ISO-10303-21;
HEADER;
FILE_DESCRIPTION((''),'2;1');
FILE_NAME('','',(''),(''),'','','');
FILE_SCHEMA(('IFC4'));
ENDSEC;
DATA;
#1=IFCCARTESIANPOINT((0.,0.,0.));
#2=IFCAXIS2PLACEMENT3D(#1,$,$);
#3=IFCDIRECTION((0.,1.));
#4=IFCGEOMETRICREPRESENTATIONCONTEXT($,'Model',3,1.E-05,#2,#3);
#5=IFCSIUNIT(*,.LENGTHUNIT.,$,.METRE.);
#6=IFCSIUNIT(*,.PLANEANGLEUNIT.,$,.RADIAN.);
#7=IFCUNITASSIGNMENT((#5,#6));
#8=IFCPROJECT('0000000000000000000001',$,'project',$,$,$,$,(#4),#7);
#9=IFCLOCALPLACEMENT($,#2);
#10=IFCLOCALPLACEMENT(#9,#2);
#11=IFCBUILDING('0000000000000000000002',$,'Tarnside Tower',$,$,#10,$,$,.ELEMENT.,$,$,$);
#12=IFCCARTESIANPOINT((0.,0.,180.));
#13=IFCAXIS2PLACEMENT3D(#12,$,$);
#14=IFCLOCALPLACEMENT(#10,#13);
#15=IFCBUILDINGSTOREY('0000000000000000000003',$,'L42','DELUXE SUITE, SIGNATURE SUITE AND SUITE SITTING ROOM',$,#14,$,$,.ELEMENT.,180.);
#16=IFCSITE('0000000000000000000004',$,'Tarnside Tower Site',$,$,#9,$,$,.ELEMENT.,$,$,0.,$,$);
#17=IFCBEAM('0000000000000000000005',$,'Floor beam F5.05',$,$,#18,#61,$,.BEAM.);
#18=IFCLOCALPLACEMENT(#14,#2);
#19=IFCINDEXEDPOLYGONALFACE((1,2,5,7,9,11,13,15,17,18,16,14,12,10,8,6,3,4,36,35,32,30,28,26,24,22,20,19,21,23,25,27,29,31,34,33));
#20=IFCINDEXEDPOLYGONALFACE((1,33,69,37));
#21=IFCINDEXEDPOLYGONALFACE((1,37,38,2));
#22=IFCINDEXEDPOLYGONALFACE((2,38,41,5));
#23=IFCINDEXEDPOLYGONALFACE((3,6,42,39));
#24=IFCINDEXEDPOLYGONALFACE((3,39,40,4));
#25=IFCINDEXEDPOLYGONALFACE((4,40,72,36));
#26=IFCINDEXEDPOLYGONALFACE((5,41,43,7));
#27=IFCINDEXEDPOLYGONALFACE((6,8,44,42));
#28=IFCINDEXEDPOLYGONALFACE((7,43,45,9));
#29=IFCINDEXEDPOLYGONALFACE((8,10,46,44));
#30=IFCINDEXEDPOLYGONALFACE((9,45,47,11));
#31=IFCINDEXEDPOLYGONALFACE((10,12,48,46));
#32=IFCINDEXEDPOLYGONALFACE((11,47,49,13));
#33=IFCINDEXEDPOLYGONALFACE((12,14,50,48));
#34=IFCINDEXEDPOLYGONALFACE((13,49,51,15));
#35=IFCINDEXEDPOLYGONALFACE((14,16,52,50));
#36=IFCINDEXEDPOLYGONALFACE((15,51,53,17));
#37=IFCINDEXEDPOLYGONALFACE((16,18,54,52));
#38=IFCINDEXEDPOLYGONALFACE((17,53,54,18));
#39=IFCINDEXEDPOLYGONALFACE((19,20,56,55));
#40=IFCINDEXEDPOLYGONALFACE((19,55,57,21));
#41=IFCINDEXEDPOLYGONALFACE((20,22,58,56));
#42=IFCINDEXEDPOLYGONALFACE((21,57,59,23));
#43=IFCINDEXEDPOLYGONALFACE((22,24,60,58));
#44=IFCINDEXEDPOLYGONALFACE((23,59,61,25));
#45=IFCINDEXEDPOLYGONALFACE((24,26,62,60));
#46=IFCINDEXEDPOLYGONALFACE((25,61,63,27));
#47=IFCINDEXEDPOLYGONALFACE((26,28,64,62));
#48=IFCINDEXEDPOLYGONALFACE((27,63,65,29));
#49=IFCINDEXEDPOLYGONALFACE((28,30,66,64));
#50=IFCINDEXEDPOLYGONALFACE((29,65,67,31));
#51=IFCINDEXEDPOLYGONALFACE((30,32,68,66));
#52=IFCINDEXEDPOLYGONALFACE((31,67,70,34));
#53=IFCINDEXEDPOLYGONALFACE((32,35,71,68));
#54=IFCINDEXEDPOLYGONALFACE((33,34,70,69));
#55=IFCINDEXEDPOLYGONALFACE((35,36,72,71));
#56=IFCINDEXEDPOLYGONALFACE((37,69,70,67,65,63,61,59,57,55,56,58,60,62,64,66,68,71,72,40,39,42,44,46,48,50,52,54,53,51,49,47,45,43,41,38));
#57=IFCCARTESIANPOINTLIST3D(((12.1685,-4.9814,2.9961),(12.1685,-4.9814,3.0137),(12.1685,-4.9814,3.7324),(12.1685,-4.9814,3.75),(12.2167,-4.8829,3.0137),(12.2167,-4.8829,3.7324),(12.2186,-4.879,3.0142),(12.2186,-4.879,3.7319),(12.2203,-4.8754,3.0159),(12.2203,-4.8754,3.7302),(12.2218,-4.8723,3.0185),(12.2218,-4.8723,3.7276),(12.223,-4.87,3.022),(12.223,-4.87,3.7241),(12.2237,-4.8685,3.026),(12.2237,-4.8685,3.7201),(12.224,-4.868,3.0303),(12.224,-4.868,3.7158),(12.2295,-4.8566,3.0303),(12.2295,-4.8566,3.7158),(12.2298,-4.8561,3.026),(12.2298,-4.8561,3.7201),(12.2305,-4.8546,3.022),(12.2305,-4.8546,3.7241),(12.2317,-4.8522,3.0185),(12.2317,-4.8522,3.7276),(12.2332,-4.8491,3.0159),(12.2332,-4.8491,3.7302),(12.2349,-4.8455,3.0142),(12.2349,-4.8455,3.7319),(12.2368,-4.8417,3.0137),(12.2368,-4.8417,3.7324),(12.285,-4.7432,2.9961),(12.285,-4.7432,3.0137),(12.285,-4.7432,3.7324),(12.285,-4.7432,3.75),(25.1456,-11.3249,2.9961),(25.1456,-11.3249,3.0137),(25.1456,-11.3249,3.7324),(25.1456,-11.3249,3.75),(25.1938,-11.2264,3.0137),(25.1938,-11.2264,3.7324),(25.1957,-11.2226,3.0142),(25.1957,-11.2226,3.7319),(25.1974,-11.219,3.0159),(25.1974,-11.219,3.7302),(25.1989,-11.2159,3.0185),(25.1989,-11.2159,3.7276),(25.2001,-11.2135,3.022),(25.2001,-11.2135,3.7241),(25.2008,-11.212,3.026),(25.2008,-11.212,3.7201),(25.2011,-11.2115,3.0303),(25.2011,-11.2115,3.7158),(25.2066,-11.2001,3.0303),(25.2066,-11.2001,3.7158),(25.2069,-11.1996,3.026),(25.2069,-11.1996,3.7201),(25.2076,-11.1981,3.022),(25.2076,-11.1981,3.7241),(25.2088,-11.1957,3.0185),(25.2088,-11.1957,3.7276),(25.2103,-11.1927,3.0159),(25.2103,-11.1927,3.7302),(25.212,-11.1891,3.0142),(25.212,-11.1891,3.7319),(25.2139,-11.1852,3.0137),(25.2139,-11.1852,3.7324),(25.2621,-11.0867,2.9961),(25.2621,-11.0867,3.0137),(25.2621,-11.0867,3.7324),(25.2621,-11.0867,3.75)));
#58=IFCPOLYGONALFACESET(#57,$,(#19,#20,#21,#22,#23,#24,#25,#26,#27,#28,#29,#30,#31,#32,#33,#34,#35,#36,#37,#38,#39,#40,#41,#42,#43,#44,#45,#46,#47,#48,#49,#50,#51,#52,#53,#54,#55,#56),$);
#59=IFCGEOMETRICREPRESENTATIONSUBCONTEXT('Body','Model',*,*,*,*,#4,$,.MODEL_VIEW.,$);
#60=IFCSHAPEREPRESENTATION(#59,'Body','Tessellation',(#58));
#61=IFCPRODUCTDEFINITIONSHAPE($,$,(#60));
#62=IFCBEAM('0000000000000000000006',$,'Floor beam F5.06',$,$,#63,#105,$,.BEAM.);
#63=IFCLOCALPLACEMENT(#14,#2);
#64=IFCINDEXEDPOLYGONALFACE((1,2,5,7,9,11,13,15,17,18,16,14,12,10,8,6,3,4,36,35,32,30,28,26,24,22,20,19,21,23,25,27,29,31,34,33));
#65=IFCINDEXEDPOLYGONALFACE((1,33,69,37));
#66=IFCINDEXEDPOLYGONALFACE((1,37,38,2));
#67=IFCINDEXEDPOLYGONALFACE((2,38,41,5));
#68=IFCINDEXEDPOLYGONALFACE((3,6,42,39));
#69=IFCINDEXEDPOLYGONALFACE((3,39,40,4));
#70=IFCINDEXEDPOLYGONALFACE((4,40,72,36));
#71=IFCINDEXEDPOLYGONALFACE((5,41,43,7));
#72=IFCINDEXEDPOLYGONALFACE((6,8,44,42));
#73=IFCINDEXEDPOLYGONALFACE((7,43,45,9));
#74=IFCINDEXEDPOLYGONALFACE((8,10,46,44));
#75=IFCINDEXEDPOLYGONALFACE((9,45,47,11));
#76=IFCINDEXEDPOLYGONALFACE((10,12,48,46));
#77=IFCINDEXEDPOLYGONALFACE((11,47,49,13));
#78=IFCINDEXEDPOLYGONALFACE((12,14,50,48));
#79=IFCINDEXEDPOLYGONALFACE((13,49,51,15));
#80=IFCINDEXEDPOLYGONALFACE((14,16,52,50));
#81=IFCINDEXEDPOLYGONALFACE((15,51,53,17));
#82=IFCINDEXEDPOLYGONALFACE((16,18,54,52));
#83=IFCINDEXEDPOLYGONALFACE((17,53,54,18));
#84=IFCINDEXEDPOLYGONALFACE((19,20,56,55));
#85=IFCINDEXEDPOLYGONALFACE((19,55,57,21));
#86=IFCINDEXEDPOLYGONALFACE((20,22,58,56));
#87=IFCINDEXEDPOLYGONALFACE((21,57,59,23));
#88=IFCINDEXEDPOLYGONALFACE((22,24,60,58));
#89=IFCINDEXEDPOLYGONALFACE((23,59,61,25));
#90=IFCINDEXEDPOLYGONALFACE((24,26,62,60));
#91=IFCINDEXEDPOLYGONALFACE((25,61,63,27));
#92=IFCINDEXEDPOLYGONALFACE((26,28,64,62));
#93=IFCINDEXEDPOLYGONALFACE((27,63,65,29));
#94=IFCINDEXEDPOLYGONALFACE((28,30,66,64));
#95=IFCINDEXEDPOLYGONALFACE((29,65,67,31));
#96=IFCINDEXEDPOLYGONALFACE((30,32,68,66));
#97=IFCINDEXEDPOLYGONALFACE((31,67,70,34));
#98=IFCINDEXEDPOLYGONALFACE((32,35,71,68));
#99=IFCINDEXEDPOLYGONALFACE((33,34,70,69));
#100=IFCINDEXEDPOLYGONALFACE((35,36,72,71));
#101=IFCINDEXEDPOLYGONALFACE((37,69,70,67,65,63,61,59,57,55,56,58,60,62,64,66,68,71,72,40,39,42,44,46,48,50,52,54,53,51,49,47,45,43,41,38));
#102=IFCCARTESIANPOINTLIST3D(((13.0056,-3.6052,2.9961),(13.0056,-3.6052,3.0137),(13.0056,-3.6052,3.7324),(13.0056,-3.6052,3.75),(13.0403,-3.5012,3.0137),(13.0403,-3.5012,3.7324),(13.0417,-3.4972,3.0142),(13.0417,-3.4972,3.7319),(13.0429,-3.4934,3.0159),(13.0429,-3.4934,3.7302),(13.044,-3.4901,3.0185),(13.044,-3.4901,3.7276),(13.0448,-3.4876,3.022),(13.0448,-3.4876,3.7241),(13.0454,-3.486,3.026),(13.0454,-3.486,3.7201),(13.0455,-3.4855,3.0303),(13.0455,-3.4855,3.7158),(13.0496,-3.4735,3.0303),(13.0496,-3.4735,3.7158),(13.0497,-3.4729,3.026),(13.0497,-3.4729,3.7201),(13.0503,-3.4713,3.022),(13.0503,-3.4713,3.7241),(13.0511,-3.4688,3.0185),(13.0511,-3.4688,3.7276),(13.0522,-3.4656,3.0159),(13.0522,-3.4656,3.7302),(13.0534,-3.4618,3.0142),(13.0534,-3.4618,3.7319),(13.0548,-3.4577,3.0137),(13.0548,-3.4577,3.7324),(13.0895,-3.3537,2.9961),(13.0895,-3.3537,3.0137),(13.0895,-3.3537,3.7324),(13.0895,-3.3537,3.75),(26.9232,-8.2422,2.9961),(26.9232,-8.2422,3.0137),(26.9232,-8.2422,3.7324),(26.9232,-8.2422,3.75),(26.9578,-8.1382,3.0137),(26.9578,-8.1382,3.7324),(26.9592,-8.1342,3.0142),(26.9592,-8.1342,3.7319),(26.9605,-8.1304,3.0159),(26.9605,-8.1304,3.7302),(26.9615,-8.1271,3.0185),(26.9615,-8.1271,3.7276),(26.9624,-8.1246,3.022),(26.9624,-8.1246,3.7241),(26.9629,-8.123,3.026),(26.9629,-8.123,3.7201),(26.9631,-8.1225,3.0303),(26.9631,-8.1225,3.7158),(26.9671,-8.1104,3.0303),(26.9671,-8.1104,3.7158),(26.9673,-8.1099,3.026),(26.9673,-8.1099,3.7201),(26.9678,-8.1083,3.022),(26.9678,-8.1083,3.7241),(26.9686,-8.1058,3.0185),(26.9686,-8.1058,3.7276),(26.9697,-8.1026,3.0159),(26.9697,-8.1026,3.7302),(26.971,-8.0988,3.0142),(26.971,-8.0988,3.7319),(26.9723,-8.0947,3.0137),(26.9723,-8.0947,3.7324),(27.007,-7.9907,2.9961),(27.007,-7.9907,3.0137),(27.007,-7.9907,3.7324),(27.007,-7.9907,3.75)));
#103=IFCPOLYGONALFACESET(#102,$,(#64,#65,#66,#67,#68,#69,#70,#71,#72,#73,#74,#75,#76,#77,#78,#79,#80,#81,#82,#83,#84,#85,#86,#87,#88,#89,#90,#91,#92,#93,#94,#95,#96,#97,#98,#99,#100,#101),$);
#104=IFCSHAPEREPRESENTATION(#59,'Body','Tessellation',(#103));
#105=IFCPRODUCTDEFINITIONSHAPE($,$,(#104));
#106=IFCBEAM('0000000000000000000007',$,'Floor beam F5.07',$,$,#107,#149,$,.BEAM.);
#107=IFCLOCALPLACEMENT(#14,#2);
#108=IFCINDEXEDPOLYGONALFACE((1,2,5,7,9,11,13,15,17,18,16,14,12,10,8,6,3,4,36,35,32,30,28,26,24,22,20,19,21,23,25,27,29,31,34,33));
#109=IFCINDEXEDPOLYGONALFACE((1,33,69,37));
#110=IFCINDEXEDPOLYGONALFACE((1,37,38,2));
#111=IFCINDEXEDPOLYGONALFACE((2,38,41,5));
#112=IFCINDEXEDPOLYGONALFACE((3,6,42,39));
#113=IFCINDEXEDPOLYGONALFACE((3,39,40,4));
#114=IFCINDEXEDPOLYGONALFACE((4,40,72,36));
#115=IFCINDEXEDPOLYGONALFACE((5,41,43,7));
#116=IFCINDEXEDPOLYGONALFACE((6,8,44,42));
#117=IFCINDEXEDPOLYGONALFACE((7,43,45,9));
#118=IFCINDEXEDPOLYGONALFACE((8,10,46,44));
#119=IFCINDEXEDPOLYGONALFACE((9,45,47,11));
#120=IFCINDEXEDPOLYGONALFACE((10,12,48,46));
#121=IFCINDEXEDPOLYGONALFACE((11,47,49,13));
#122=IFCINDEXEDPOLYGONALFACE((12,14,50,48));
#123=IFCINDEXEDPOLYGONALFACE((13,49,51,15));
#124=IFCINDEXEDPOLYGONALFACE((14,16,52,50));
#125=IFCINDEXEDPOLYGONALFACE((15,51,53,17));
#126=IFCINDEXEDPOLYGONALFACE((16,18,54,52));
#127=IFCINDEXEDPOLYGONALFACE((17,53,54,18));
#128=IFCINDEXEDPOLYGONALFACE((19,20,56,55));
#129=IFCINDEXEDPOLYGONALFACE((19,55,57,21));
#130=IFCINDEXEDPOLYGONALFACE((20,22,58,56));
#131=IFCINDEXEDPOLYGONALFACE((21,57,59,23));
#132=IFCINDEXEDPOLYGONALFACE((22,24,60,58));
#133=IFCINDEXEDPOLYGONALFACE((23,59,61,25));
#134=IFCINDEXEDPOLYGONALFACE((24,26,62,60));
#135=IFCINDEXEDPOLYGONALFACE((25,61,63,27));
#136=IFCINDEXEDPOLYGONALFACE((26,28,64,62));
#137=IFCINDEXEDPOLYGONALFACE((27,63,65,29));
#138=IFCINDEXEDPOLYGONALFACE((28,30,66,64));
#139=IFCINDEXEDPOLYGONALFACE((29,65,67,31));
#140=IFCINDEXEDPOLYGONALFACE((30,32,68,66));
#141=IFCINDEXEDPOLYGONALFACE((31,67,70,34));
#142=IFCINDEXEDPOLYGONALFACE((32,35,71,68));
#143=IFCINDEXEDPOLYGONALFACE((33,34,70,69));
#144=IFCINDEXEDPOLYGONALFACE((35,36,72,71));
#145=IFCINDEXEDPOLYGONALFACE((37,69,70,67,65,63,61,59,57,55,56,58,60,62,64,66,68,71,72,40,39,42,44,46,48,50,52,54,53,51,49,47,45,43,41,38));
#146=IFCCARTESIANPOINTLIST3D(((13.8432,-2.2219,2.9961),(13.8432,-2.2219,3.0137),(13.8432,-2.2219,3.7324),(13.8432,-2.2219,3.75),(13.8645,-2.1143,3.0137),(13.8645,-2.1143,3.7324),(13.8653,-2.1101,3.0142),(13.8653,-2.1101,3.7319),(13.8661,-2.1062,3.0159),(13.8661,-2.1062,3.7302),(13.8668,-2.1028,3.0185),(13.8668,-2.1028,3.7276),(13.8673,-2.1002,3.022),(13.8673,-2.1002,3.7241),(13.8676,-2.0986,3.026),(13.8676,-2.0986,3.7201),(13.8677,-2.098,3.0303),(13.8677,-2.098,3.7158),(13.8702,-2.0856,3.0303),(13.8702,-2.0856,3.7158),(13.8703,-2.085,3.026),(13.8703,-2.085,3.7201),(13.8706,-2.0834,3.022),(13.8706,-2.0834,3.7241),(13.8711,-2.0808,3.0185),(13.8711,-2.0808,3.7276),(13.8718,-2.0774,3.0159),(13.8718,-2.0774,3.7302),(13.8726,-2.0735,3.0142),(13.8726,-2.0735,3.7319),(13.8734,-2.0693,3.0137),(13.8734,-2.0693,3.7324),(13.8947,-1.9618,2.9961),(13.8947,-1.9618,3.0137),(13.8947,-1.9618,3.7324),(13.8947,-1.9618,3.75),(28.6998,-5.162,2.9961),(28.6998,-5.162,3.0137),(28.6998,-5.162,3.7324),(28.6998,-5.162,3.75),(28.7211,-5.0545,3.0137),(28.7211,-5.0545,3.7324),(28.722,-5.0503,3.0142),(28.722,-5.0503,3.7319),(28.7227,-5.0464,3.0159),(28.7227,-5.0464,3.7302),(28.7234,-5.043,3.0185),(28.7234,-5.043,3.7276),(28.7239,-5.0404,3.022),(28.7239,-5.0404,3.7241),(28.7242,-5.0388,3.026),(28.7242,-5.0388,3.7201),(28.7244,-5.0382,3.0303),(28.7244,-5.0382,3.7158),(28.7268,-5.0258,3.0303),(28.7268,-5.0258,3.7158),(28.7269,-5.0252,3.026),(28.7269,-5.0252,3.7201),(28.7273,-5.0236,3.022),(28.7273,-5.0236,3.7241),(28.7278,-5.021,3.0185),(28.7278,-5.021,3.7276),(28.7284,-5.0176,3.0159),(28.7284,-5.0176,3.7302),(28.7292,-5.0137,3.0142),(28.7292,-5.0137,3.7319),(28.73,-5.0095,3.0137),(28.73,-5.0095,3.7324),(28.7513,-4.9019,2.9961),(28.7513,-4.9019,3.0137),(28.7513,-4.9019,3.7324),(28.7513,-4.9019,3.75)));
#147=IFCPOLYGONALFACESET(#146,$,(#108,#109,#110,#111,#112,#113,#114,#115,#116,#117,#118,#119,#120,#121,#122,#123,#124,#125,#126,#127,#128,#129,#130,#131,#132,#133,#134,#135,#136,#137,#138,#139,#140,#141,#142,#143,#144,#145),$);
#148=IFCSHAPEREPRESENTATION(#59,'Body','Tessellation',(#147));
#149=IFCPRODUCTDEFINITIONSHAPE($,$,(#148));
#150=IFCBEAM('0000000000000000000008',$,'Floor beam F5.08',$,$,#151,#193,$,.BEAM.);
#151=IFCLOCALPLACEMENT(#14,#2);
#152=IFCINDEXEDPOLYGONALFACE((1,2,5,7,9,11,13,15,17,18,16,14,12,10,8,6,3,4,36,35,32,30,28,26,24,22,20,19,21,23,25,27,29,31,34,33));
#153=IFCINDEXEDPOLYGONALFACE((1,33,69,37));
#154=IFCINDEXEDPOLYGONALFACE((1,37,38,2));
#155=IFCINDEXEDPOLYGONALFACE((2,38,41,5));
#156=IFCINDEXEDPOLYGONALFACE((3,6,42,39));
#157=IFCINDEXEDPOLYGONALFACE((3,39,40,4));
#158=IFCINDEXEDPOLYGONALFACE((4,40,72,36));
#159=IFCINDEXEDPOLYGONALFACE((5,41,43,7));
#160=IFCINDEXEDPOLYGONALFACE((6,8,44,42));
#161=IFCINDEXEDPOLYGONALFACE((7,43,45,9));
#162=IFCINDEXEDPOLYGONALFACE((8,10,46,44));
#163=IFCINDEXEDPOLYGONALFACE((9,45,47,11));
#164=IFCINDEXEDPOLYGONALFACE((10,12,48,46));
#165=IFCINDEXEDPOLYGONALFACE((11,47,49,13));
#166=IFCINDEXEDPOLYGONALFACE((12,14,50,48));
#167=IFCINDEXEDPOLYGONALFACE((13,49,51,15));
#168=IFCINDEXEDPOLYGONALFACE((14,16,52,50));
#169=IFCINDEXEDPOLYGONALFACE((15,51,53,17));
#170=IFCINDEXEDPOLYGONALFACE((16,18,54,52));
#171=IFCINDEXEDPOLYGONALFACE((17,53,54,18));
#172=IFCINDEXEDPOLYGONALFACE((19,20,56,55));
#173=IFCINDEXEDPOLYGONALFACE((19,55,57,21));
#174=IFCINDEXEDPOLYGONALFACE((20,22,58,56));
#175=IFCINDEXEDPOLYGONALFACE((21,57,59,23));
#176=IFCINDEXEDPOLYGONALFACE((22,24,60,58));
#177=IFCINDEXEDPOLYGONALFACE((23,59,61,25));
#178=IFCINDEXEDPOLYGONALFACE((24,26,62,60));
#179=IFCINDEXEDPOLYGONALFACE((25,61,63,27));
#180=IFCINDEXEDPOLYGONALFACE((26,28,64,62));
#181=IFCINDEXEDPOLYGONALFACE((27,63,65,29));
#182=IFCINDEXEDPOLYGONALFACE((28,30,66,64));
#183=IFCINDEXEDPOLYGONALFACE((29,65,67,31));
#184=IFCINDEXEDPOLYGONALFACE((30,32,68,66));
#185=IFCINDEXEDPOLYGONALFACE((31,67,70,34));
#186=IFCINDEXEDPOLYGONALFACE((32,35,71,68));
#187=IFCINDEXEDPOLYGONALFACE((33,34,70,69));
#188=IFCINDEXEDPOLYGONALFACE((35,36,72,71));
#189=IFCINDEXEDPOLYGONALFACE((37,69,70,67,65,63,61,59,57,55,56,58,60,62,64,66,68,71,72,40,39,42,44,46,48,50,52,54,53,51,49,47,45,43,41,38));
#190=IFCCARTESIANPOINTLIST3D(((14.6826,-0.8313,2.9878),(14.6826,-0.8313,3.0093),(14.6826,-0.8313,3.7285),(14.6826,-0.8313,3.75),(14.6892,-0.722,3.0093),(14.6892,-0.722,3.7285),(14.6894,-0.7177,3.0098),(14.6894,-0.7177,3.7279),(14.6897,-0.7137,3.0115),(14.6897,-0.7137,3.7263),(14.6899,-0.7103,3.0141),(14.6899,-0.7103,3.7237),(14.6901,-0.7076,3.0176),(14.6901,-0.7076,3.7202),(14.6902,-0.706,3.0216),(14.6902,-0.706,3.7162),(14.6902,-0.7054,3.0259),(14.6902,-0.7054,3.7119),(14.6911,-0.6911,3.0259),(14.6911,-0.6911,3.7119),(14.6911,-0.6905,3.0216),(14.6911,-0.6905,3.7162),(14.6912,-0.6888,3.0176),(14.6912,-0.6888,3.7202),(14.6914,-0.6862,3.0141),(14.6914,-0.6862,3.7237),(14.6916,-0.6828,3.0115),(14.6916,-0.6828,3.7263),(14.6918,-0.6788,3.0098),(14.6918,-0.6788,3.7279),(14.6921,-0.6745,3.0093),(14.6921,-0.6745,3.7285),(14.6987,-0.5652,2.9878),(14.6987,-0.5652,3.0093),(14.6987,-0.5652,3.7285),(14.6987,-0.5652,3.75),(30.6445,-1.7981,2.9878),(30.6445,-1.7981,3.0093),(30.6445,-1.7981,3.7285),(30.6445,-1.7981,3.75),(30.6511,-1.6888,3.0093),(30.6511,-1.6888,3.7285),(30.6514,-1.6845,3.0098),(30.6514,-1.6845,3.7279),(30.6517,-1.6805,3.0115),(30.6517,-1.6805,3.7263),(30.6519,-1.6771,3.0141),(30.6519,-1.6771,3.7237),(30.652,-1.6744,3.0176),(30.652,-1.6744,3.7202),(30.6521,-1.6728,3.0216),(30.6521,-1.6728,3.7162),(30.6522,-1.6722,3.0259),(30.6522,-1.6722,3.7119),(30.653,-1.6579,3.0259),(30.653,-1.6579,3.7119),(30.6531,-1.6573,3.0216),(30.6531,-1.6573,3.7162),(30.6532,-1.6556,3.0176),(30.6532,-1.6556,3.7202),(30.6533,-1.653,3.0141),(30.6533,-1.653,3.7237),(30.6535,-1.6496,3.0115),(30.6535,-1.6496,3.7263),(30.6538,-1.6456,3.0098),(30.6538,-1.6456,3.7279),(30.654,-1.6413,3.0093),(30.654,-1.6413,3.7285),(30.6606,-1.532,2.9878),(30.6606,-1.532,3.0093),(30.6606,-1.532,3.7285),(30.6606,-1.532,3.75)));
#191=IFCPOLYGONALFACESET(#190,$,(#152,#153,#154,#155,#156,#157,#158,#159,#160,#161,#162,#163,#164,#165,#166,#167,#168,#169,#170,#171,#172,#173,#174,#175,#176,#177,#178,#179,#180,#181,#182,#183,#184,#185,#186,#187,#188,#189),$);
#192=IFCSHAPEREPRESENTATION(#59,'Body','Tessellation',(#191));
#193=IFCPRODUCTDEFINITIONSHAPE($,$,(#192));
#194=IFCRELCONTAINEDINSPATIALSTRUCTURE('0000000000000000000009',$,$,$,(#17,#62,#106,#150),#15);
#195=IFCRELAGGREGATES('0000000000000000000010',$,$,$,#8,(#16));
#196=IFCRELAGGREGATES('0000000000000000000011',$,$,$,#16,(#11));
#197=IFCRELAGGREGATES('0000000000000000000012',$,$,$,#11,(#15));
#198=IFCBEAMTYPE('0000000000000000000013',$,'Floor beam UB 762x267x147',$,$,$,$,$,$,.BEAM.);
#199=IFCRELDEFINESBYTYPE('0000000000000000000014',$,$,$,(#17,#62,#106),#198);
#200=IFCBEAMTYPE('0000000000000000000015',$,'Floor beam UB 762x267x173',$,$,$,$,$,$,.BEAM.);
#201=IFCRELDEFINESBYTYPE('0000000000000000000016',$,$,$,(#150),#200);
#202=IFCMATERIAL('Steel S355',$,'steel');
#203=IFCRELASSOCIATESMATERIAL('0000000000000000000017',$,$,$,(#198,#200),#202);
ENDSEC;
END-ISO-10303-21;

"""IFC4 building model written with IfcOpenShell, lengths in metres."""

from ifc_helpers import new_model, si_unit, direction, frame, origin, origin_2d, place, context, subcontext, project, spatial, i_section, extrude, material, material_profile, profile_set, type_object, element, save


model = new_model("IFC4")

# Units and contexts
model_context = context("Model", 3, precision=1e-05, world=origin(), true_north=direction((0.0, 1.0)))
body_context = subcontext(model_context, "Body", "Model", "MODEL_VIEW")
ifc_project = project(units=[si_unit("LENGTHUNIT", "METRE"), si_unit("PLANEANGLEUNIT", "RADIAN")], contexts=[model_context])

# Site, building, storey
site_placement = place(None, origin())
site = spatial("IfcSite", under=ifc_project, at=site_placement, Name="Tarnside Tower Site", CompositionType="ELEMENT", RefElevation=0.0)
building_placement = place(site_placement, origin())
building = spatial("IfcBuilding", under=site, at=building_placement, Name="Tarnside Tower", CompositionType="ELEMENT")
storey_placement = place(building_placement, frame((0.0, 0.0, 180.0)))
storey = spatial("IfcBuildingStorey", under=building, at=storey_placement, Name="L42", Description="DELUXE SUITE, SIGNATURE SUITE AND SUITE SITTING ROOM", CompositionType="ELEMENT", Elevation=180.0)

# Beams
ifc_material_1 = material(Name="Steel S355", Category="steel")
ifc_material_profile_1 = material_profile(ifc_material_1, i_section(OverallWidth=0.2651, OverallDepth=0.7539, WebThickness=0.0127, FlangeThickness=0.0176, FilletRadius=0.0166, at=origin_2d()), Name="UB 762x267x147")
ifc_profile_set_1 = profile_set([ifc_material_profile_1], Name="Steel S355")
beam_type_1 = type_object("IfcBeamType", Name="Floor beam UB 762x267x147", PredefinedType="BEAM", material=ifc_profile_set_1)
beam_1_placement = place(storey_placement, frame((25.2039, -11.2058, 3.373), z_axis=(-0.898407, 0.439164, 0.0), x_axis=(-0.439164, -0.898407, 0.0)))
element("IfcBeam", 1, at=beam_1_placement, inside=storey, type_object=beam_type_1, Name="Floor beam F5.05", PredefinedType="BEAM", context=body_context, shape_type="SweptSolid", body=[
    extrude(i_section(OverallWidth=0.2651, OverallDepth=0.7539, WebThickness=0.0127, FlangeThickness=0.0176, FilletRadius=0.0166, at=origin_2d()), origin(), (0.0, 0.0, 1.0), 14.4446),
])
beam_2_placement = place(storey_placement, frame((26.9651, -8.1165, 3.373), z_axis=(-0.948728, 0.316093, 0.0), x_axis=(-0.316093, -0.948728, 0.0)))
element("IfcBeam", 2, at=beam_2_placement, inside=storey, type_object=beam_type_1, Name="Floor beam F5.06", PredefinedType="BEAM", context=body_context, shape_type="SweptSolid", body=[
    extrude(i_section(OverallWidth=0.2651, OverallDepth=0.7539, WebThickness=0.0127, FlangeThickness=0.0176, FilletRadius=0.0166, at=origin_2d()), origin(), (0.0, 0.0, 1.0), 14.6697),
])
beam_3_placement = place(storey_placement, frame((28.7256, -5.032, 3.373), z_axis=(-0.980974, 0.194138, 0.0), x_axis=(-0.194138, -0.980974, 0.0)))
element("IfcBeam", 3, at=beam_3_placement, inside=storey, type_object=beam_type_1, Name="Floor beam F5.07", PredefinedType="BEAM", context=body_context, shape_type="SweptSolid", body=[
    extrude(i_section(OverallWidth=0.2651, OverallDepth=0.7539, WebThickness=0.0127, FlangeThickness=0.0176, FilletRadius=0.0166, at=origin_2d()), origin(), (0.0, 0.0, 1.0), 15.1448),
])
ifc_material_profile_2 = material_profile(ifc_material_1, i_section(OverallWidth=0.2666, OverallDepth=0.7622, WebThickness=0.0144, FlangeThickness=0.0215, FilletRadius=0.0166, at=origin_2d()), Name="UB 762x267x173")
ifc_profile_set_2 = profile_set([ifc_material_profile_2], Name="Steel S355")
beam_type_2 = type_object("IfcBeamType", Name="Floor beam UB 762x267x173", PredefinedType="BEAM", material=ifc_profile_set_2)
beam_4_placement = place(storey_placement, frame((30.6526, -1.665, 3.3689), z_axis=(-0.998171, 0.060458, 0.0), x_axis=(-0.060458, -0.998171, 0.0)))
element("IfcBeam", 4, at=beam_4_placement, inside=storey, type_object=beam_type_2, Name="Floor beam F5.08", PredefinedType="BEAM", context=body_context, shape_type="SweptSolid", body=[
    extrude(i_section(OverallWidth=0.2666, OverallDepth=0.7622, WebThickness=0.0144, FlangeThickness=0.0215, FilletRadius=0.0166, at=origin_2d()), origin(), (0.0, 0.0, 1.0), 15.9912),
])

save(model, "model.ifc")
